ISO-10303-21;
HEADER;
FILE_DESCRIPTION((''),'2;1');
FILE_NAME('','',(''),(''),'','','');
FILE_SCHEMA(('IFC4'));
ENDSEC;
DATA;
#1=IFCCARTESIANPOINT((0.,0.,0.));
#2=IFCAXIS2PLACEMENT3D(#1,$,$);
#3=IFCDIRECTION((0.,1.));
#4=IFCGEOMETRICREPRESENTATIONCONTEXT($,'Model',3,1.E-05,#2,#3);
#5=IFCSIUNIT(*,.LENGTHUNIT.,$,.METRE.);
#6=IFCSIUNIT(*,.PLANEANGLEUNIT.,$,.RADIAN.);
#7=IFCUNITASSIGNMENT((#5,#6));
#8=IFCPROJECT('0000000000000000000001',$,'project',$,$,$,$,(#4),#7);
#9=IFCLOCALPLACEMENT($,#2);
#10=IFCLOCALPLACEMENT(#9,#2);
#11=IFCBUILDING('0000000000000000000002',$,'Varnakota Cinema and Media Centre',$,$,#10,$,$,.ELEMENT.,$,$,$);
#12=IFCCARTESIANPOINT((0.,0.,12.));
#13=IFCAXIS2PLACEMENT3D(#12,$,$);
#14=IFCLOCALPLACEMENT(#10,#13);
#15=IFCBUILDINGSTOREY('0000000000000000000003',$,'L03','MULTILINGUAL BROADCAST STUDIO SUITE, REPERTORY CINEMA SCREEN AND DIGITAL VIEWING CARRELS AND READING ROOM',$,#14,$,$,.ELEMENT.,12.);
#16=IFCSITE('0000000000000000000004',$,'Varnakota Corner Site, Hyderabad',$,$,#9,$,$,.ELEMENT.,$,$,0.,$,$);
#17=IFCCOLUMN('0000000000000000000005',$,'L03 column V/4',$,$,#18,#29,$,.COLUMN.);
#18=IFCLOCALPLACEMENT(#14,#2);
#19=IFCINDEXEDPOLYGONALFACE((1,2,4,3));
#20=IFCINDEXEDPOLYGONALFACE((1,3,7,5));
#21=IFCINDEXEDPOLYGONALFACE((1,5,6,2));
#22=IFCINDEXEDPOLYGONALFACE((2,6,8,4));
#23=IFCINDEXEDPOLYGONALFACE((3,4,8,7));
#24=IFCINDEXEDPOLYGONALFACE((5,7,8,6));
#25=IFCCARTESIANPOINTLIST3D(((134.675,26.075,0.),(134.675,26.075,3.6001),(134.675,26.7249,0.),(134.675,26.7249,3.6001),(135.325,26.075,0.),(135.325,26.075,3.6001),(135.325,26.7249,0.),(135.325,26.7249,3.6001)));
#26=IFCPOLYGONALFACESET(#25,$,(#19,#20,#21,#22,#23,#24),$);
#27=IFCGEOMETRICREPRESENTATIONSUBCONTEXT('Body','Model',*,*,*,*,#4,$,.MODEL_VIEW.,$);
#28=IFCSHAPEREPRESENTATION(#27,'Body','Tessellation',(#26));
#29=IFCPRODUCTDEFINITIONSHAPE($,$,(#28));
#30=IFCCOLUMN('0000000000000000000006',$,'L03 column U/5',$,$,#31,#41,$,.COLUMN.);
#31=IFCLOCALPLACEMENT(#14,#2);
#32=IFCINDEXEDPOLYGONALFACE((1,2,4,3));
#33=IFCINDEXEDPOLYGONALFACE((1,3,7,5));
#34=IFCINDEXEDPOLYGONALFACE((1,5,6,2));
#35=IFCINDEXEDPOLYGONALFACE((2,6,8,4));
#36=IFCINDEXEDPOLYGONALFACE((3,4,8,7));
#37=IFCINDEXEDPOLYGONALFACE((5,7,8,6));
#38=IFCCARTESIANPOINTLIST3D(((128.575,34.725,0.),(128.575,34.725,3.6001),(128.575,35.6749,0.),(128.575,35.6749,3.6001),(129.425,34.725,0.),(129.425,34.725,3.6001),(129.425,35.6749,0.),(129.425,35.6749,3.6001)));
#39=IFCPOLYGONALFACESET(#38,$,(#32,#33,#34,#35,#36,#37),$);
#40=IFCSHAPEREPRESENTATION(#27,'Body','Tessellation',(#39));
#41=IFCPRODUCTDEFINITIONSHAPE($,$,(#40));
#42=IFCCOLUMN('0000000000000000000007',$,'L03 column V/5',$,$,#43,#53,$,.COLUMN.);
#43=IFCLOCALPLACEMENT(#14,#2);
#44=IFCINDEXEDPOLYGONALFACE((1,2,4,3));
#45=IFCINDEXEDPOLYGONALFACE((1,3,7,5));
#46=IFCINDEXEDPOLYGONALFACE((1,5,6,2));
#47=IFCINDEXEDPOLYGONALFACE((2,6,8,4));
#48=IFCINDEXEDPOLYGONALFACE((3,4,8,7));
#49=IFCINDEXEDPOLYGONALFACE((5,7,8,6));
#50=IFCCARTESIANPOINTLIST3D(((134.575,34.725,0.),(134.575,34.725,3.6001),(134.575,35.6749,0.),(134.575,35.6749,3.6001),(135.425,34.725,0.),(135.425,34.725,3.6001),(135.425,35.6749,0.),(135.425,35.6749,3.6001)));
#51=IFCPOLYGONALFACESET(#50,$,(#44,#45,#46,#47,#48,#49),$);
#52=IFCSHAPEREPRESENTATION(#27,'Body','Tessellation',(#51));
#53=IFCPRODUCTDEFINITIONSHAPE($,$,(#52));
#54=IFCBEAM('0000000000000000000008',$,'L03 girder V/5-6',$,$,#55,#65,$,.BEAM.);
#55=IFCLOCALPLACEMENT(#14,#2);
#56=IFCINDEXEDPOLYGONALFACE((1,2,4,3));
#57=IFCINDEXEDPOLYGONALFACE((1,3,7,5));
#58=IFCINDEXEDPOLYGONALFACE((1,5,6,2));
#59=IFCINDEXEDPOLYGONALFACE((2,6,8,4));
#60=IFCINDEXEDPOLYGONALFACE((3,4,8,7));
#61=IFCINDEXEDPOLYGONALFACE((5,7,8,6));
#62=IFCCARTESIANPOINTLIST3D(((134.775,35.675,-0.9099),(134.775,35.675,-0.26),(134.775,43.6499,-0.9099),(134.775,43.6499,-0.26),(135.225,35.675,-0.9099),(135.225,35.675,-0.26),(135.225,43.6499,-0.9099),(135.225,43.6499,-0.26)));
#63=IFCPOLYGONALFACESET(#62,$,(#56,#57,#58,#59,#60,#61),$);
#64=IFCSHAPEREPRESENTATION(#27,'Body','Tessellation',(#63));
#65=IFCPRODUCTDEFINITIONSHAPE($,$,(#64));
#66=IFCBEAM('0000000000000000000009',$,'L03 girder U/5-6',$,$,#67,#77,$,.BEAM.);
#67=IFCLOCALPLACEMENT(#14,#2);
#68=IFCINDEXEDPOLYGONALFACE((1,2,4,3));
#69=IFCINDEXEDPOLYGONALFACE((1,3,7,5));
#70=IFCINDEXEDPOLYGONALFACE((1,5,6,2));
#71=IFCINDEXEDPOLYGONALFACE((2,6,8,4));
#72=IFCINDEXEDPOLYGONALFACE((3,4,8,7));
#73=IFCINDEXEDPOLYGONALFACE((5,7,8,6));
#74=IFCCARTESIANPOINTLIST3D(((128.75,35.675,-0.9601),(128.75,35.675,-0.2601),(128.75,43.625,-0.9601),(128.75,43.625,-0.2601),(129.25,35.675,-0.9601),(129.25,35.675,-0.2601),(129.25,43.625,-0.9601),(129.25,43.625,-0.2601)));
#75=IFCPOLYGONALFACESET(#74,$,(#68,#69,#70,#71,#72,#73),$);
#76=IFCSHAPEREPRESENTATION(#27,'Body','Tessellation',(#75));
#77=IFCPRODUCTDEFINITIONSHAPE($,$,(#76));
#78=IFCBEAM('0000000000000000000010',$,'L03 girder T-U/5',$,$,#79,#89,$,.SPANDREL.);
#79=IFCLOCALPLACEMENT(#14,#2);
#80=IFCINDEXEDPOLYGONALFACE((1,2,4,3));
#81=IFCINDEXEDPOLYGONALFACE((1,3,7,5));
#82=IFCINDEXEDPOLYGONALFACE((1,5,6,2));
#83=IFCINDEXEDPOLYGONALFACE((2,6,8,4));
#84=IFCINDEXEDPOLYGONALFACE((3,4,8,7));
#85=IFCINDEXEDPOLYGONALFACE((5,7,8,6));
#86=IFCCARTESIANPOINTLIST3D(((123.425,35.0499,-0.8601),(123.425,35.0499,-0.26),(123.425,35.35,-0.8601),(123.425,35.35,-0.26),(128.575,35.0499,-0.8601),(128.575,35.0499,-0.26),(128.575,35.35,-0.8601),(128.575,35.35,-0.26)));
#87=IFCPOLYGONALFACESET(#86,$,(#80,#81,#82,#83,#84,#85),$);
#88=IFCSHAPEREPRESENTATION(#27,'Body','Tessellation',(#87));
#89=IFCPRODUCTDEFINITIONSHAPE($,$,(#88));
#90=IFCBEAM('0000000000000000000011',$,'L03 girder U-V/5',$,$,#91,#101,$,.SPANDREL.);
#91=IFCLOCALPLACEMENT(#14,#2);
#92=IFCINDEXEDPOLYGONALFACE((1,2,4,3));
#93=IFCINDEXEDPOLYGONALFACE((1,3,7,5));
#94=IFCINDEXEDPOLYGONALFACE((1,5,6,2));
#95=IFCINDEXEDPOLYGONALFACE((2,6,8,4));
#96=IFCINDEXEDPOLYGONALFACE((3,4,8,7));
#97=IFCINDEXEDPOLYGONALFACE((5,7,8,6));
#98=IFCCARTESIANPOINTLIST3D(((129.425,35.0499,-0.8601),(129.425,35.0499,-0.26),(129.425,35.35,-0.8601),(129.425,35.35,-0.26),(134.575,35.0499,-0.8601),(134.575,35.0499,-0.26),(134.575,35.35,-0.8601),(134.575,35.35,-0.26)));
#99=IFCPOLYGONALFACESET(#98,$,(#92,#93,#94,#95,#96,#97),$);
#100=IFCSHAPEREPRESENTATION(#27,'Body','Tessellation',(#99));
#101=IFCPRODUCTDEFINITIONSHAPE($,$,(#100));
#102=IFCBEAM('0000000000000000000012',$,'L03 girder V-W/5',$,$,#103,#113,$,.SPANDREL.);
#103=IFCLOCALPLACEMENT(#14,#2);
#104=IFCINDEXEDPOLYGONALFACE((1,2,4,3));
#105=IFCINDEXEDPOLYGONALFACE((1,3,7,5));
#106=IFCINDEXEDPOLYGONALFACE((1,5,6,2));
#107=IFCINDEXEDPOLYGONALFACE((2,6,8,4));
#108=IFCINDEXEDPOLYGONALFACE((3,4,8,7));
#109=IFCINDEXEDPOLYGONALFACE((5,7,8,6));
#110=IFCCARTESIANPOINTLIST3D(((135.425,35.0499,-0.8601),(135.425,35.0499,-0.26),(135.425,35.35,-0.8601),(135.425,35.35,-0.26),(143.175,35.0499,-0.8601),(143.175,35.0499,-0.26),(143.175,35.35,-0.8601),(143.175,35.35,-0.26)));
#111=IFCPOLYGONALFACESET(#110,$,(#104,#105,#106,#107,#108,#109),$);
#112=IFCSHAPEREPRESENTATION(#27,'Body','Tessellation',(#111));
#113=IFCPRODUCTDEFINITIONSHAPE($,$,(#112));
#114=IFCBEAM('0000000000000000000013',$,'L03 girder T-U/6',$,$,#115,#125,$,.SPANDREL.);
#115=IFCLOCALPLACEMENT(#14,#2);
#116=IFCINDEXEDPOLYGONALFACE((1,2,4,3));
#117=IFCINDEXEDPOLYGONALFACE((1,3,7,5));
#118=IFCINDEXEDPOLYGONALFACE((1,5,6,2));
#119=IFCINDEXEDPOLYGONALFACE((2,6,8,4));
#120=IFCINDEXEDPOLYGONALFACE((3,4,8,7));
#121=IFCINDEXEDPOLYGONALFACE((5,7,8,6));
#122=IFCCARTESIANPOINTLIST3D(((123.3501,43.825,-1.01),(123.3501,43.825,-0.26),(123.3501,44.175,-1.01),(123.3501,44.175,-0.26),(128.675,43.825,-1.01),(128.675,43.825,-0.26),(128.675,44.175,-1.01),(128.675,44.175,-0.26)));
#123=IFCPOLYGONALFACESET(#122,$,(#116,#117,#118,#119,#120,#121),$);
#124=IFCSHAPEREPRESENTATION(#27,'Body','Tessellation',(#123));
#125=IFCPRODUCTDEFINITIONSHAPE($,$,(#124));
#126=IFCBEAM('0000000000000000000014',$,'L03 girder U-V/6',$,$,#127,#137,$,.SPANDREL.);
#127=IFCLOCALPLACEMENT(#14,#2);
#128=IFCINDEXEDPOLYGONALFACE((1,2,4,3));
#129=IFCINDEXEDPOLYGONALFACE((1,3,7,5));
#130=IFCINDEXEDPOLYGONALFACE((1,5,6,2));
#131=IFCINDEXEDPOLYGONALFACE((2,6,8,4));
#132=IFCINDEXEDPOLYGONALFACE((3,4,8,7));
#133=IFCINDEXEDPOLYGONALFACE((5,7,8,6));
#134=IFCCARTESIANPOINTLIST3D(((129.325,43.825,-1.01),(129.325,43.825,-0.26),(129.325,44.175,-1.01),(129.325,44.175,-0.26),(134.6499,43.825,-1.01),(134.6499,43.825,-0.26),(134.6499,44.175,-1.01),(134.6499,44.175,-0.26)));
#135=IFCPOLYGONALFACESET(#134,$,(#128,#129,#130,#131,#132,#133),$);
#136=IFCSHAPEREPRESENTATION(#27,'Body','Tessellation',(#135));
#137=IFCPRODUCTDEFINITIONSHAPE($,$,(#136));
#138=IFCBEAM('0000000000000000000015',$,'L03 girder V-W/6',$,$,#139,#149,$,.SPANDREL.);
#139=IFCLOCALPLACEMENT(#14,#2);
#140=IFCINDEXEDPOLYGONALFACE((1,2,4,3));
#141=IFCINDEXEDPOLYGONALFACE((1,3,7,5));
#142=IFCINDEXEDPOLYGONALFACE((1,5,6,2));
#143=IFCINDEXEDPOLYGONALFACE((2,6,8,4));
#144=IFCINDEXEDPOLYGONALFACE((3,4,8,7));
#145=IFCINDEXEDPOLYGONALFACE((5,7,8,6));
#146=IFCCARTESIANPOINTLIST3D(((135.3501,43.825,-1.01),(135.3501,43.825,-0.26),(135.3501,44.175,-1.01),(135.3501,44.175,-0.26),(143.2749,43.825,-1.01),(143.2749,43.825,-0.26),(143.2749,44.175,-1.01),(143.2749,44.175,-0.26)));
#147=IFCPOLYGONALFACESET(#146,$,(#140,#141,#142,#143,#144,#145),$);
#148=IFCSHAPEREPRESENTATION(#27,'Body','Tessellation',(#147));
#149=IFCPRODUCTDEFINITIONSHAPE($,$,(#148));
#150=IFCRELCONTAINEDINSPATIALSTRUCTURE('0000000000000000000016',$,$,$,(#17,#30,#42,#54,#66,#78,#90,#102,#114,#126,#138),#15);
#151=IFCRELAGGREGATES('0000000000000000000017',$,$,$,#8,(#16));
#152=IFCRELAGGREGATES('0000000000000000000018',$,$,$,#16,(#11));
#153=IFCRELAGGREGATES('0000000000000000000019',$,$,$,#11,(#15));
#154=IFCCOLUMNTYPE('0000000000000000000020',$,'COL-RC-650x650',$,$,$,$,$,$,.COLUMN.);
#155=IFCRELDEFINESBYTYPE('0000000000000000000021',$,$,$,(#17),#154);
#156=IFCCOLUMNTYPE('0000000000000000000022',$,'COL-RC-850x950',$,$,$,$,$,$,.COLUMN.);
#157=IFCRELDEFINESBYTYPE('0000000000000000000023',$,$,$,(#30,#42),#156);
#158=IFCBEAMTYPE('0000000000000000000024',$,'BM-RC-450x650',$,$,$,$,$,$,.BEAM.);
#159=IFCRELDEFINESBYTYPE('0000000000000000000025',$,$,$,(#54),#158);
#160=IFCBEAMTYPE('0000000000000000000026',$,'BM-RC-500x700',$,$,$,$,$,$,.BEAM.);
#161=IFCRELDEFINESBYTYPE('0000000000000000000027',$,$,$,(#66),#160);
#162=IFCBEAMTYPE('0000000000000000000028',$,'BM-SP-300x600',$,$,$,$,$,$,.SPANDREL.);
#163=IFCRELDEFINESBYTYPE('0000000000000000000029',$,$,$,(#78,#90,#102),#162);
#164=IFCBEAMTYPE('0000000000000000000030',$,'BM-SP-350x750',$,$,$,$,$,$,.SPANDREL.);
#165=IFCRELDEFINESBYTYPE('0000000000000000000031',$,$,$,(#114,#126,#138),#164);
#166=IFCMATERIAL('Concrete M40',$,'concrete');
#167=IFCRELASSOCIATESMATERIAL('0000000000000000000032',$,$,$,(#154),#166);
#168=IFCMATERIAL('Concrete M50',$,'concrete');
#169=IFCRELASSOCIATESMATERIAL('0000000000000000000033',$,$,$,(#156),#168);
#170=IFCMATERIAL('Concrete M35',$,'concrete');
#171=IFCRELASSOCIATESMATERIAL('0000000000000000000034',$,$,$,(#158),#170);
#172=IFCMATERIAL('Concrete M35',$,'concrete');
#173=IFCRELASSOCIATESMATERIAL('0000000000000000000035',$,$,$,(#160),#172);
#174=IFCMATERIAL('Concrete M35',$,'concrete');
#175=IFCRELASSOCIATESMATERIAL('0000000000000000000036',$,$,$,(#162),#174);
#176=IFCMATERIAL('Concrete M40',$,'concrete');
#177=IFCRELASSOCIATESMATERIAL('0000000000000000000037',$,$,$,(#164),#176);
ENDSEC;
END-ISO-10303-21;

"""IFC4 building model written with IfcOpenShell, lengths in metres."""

from ifc_helpers import new_model, si_unit, direction, frame, origin, origin_2d, place, context, subcontext, project, spatial, rectangle, extrude, material, material_profile, profile_set, type_object, element, save


model = new_model("IFC4")

# Units and contexts
model_context = context("Model", 3, precision=1e-05, world=origin(), true_north=direction((0.0, 1.0)))
body_context = subcontext(model_context, "Body", "Model", "MODEL_VIEW")
ifc_project = project(units=[si_unit("LENGTHUNIT", "METRE"), si_unit("PLANEANGLEUNIT", "RADIAN")], contexts=[model_context])

# Site, building, storey
site_placement = place(None, origin())
site = spatial("IfcSite", under=ifc_project, at=site_placement, Name="Varnakota Corner Site, Hyderabad", CompositionType="ELEMENT", RefElevation=0.0)
building_placement = place(site_placement, origin())
building = spatial("IfcBuilding", under=site, at=building_placement, Name="Varnakota Cinema and Media Centre", CompositionType="ELEMENT")
storey_placement = place(building_placement, frame((0.0, 0.0, 12.0)))
storey = spatial("IfcBuildingStorey", under=building, at=storey_placement, Name="L03", Description="MULTILINGUAL BROADCAST STUDIO SUITE, REPERTORY CINEMA SCREEN AND DIGITAL VIEWING CARRELS AND READING ROOM", CompositionType="ELEMENT", Elevation=12.0)

# Columns
ifc_material_1 = material(Name="Concrete M40", Category="concrete")
ifc_material_profile_1 = material_profile(ifc_material_1, rectangle(XDim=0.6499, YDim=0.6499, at=origin_2d()), Name="RC 650x650")
ifc_profile_set_1 = profile_set([ifc_material_profile_1], Name="Concrete M40")
column_type_1 = type_object("IfcColumnType", Name="COL-RC-650x650", PredefinedType="COLUMN", material=ifc_profile_set_1)
column_placement = place(storey_placement, frame((135.0, 26.3999, 0.0), z_axis=(0.0, 0.0, 1.0), x_axis=(1.0, 0.0, 0.0)))
element("IfcColumn", 1, at=column_placement, inside=storey, type_object=column_type_1, Name="L03 column V/4", PredefinedType="COLUMN", context=body_context, shape_type="SweptSolid", body=[
    extrude(rectangle(XDim=0.6499, YDim=0.6499, at=origin_2d()), origin(), (0.0, 0.0, 1.0), 3.6001),
])
ifc_material_2 = material(Name="Concrete M50", Category="concrete")
ifc_material_profile_2 = material_profile(ifc_material_2, rectangle(XDim=0.8501, YDim=0.95, at=origin_2d()), Name="RC 850x950")
ifc_profile_set_2 = profile_set([ifc_material_profile_2], Name="Concrete M50")
column_type_2 = type_object("IfcColumnType", Name="COL-RC-850x950", PredefinedType="COLUMN", material=ifc_profile_set_2)
for number, where, z_axis, x_axis, name in (
    (2, (129.0, 35.2, 0.0), (0.0, 0.0, 1.0), (1.0, 0.0, 0.0), "L03 column U/5"),
    (3, (135.0, 35.2, 0.0), (0.0, 0.0, 1.0), (1.0, 0.0, 0.0), "L03 column V/5"),
):
    element("IfcColumn", number, at=place(storey_placement, frame(where, z_axis=z_axis, x_axis=x_axis)), inside=storey, type_object=column_type_2, Name=name, PredefinedType="COLUMN", context=body_context, shape_type="SweptSolid", body=[
        extrude(rectangle(XDim=0.8501, YDim=0.95, at=origin_2d()), origin(), (0.0, 0.0, 1.0), 3.6001),
    ])

# Beams
ifc_material_3 = material(Name="Concrete M35", Category="concrete")
ifc_material_profile_3 = material_profile(ifc_material_3, rectangle(XDim=0.45, YDim=0.6499, at=origin_2d()), Name="RCB 450x650")
ifc_profile_set_3 = profile_set([ifc_material_profile_3], Name="Concrete M35")
beam_type_1 = type_object("IfcBeamType", Name="BM-RC-450x650", PredefinedType="BEAM", material=ifc_profile_set_3)
beam_1_placement = place(storey_placement, frame((135.0, 35.675, -0.585), z_axis=(0.0, 1.0, 0.0), x_axis=(-1.0, 0.0, 0.0)))
element("IfcBeam", 4, at=beam_1_placement, inside=storey, type_object=beam_type_1, Name="L03 girder V/5-6", PredefinedType="BEAM", context=body_context, shape_type="SweptSolid", body=[
    extrude(rectangle(XDim=0.45, YDim=0.6499, at=origin_2d()), origin(), (0.0, 0.0, 1.0), 7.9749),
])
ifc_material_4 = material(Name="Concrete M35", Category="concrete")
ifc_material_profile_4 = material_profile(ifc_material_4, rectangle(XDim=0.5, YDim=0.7, at=origin_2d()), Name="RCB 500x700")
ifc_profile_set_4 = profile_set([ifc_material_profile_4], Name="Concrete M35")
beam_type_2 = type_object("IfcBeamType", Name="BM-RC-500x700", PredefinedType="BEAM", material=ifc_profile_set_4)
beam_2_placement = place(storey_placement, frame((129.0, 35.675, -0.6101), z_axis=(0.0, 1.0, 0.0), x_axis=(-1.0, 0.0, 0.0)))
element("IfcBeam", 5, at=beam_2_placement, inside=storey, type_object=beam_type_2, Name="L03 girder U/5-6", PredefinedType="BEAM", context=body_context, shape_type="SweptSolid", body=[
    extrude(rectangle(XDim=0.5, YDim=0.7, at=origin_2d()), origin(), (0.0, 0.0, 1.0), 7.95),
])
ifc_material_5 = material(Name="Concrete M35", Category="concrete")
ifc_material_profile_5 = material_profile(ifc_material_5, rectangle(XDim=0.3, YDim=0.6001, at=origin_2d()), Name="RCB 300x600")
ifc_profile_set_5 = profile_set([ifc_material_profile_5], Name="Concrete M35")
beam_type_3 = type_object("IfcBeamType", Name="BM-SP-300x600", PredefinedType="SPANDREL", material=ifc_profile_set_5)
for number, where, z_axis, x_axis, name in (
    (6, (123.425, 35.2, -0.5601), (1.0, 0.0, 0.0), (0.0, 1.0, 0.0), "L03 girder T-U/5"),
    (7, (129.425, 35.2, -0.5601), (1.0, 0.0, 0.0), (0.0, 1.0, 0.0), "L03 girder U-V/5"),
):
    element("IfcBeam", number, at=place(storey_placement, frame(where, z_axis=z_axis, x_axis=x_axis)), inside=storey, type_object=beam_type_3, Name=name, PredefinedType="SPANDREL", context=body_context, shape_type="SweptSolid", body=[
        extrude(rectangle(XDim=0.3, YDim=0.6001, at=origin_2d()), origin(), (0.0, 0.0, 1.0), 5.1499),
    ])
beam_3_placement = place(storey_placement, frame((135.425, 35.2, -0.5601), z_axis=(1.0, 0.0, 0.0), x_axis=(0.0, 1.0, 0.0)))
element("IfcBeam", 8, at=beam_3_placement, inside=storey, type_object=beam_type_3, Name="L03 girder V-W/5", PredefinedType="SPANDREL", context=body_context, shape_type="SweptSolid", body=[
    extrude(rectangle(XDim=0.3, YDim=0.6001, at=origin_2d()), origin(), (0.0, 0.0, 1.0), 7.75),
])
ifc_material_6 = material(Name="Concrete M40", Category="concrete")
ifc_material_profile_6 = material_profile(ifc_material_6, rectangle(XDim=0.3501, YDim=0.75, at=origin_2d()), Name="RCB 350x750")
ifc_profile_set_6 = profile_set([ifc_material_profile_6], Name="Concrete M40")
beam_type_4 = type_object("IfcBeamType", Name="BM-SP-350x750", PredefinedType="SPANDREL", material=ifc_profile_set_6)
for number, where, z_axis, x_axis, name in (
    (9, (123.3501, 44.0, -0.635), (1.0, 0.0, 0.0), (0.0, 1.0, 0.0), "L03 girder T-U/6"),
    (10, (129.325, 44.0, -0.635), (1.0, 0.0, 0.0), (0.0, 1.0, 0.0), "L03 girder U-V/6"),
):
    element("IfcBeam", number, at=place(storey_placement, frame(where, z_axis=z_axis, x_axis=x_axis)), inside=storey, type_object=beam_type_4, Name=name, PredefinedType="SPANDREL", context=body_context, shape_type="SweptSolid", body=[
        extrude(rectangle(XDim=0.3501, YDim=0.75, at=origin_2d()), origin(), (0.0, 0.0, 1.0), 5.325),
    ])
beam_4_placement = place(storey_placement, frame((135.3501, 44.0, -0.635), z_axis=(1.0, 0.0, 0.0), x_axis=(0.0, 1.0, 0.0)))
element("IfcBeam", 11, at=beam_4_placement, inside=storey, type_object=beam_type_4, Name="L03 girder V-W/6", PredefinedType="SPANDREL", context=body_context, shape_type="SweptSolid", body=[
    extrude(rectangle(XDim=0.3501, YDim=0.75, at=origin_2d()), origin(), (0.0, 0.0, 1.0), 7.9248),
])

save(model, "model.ifc")
